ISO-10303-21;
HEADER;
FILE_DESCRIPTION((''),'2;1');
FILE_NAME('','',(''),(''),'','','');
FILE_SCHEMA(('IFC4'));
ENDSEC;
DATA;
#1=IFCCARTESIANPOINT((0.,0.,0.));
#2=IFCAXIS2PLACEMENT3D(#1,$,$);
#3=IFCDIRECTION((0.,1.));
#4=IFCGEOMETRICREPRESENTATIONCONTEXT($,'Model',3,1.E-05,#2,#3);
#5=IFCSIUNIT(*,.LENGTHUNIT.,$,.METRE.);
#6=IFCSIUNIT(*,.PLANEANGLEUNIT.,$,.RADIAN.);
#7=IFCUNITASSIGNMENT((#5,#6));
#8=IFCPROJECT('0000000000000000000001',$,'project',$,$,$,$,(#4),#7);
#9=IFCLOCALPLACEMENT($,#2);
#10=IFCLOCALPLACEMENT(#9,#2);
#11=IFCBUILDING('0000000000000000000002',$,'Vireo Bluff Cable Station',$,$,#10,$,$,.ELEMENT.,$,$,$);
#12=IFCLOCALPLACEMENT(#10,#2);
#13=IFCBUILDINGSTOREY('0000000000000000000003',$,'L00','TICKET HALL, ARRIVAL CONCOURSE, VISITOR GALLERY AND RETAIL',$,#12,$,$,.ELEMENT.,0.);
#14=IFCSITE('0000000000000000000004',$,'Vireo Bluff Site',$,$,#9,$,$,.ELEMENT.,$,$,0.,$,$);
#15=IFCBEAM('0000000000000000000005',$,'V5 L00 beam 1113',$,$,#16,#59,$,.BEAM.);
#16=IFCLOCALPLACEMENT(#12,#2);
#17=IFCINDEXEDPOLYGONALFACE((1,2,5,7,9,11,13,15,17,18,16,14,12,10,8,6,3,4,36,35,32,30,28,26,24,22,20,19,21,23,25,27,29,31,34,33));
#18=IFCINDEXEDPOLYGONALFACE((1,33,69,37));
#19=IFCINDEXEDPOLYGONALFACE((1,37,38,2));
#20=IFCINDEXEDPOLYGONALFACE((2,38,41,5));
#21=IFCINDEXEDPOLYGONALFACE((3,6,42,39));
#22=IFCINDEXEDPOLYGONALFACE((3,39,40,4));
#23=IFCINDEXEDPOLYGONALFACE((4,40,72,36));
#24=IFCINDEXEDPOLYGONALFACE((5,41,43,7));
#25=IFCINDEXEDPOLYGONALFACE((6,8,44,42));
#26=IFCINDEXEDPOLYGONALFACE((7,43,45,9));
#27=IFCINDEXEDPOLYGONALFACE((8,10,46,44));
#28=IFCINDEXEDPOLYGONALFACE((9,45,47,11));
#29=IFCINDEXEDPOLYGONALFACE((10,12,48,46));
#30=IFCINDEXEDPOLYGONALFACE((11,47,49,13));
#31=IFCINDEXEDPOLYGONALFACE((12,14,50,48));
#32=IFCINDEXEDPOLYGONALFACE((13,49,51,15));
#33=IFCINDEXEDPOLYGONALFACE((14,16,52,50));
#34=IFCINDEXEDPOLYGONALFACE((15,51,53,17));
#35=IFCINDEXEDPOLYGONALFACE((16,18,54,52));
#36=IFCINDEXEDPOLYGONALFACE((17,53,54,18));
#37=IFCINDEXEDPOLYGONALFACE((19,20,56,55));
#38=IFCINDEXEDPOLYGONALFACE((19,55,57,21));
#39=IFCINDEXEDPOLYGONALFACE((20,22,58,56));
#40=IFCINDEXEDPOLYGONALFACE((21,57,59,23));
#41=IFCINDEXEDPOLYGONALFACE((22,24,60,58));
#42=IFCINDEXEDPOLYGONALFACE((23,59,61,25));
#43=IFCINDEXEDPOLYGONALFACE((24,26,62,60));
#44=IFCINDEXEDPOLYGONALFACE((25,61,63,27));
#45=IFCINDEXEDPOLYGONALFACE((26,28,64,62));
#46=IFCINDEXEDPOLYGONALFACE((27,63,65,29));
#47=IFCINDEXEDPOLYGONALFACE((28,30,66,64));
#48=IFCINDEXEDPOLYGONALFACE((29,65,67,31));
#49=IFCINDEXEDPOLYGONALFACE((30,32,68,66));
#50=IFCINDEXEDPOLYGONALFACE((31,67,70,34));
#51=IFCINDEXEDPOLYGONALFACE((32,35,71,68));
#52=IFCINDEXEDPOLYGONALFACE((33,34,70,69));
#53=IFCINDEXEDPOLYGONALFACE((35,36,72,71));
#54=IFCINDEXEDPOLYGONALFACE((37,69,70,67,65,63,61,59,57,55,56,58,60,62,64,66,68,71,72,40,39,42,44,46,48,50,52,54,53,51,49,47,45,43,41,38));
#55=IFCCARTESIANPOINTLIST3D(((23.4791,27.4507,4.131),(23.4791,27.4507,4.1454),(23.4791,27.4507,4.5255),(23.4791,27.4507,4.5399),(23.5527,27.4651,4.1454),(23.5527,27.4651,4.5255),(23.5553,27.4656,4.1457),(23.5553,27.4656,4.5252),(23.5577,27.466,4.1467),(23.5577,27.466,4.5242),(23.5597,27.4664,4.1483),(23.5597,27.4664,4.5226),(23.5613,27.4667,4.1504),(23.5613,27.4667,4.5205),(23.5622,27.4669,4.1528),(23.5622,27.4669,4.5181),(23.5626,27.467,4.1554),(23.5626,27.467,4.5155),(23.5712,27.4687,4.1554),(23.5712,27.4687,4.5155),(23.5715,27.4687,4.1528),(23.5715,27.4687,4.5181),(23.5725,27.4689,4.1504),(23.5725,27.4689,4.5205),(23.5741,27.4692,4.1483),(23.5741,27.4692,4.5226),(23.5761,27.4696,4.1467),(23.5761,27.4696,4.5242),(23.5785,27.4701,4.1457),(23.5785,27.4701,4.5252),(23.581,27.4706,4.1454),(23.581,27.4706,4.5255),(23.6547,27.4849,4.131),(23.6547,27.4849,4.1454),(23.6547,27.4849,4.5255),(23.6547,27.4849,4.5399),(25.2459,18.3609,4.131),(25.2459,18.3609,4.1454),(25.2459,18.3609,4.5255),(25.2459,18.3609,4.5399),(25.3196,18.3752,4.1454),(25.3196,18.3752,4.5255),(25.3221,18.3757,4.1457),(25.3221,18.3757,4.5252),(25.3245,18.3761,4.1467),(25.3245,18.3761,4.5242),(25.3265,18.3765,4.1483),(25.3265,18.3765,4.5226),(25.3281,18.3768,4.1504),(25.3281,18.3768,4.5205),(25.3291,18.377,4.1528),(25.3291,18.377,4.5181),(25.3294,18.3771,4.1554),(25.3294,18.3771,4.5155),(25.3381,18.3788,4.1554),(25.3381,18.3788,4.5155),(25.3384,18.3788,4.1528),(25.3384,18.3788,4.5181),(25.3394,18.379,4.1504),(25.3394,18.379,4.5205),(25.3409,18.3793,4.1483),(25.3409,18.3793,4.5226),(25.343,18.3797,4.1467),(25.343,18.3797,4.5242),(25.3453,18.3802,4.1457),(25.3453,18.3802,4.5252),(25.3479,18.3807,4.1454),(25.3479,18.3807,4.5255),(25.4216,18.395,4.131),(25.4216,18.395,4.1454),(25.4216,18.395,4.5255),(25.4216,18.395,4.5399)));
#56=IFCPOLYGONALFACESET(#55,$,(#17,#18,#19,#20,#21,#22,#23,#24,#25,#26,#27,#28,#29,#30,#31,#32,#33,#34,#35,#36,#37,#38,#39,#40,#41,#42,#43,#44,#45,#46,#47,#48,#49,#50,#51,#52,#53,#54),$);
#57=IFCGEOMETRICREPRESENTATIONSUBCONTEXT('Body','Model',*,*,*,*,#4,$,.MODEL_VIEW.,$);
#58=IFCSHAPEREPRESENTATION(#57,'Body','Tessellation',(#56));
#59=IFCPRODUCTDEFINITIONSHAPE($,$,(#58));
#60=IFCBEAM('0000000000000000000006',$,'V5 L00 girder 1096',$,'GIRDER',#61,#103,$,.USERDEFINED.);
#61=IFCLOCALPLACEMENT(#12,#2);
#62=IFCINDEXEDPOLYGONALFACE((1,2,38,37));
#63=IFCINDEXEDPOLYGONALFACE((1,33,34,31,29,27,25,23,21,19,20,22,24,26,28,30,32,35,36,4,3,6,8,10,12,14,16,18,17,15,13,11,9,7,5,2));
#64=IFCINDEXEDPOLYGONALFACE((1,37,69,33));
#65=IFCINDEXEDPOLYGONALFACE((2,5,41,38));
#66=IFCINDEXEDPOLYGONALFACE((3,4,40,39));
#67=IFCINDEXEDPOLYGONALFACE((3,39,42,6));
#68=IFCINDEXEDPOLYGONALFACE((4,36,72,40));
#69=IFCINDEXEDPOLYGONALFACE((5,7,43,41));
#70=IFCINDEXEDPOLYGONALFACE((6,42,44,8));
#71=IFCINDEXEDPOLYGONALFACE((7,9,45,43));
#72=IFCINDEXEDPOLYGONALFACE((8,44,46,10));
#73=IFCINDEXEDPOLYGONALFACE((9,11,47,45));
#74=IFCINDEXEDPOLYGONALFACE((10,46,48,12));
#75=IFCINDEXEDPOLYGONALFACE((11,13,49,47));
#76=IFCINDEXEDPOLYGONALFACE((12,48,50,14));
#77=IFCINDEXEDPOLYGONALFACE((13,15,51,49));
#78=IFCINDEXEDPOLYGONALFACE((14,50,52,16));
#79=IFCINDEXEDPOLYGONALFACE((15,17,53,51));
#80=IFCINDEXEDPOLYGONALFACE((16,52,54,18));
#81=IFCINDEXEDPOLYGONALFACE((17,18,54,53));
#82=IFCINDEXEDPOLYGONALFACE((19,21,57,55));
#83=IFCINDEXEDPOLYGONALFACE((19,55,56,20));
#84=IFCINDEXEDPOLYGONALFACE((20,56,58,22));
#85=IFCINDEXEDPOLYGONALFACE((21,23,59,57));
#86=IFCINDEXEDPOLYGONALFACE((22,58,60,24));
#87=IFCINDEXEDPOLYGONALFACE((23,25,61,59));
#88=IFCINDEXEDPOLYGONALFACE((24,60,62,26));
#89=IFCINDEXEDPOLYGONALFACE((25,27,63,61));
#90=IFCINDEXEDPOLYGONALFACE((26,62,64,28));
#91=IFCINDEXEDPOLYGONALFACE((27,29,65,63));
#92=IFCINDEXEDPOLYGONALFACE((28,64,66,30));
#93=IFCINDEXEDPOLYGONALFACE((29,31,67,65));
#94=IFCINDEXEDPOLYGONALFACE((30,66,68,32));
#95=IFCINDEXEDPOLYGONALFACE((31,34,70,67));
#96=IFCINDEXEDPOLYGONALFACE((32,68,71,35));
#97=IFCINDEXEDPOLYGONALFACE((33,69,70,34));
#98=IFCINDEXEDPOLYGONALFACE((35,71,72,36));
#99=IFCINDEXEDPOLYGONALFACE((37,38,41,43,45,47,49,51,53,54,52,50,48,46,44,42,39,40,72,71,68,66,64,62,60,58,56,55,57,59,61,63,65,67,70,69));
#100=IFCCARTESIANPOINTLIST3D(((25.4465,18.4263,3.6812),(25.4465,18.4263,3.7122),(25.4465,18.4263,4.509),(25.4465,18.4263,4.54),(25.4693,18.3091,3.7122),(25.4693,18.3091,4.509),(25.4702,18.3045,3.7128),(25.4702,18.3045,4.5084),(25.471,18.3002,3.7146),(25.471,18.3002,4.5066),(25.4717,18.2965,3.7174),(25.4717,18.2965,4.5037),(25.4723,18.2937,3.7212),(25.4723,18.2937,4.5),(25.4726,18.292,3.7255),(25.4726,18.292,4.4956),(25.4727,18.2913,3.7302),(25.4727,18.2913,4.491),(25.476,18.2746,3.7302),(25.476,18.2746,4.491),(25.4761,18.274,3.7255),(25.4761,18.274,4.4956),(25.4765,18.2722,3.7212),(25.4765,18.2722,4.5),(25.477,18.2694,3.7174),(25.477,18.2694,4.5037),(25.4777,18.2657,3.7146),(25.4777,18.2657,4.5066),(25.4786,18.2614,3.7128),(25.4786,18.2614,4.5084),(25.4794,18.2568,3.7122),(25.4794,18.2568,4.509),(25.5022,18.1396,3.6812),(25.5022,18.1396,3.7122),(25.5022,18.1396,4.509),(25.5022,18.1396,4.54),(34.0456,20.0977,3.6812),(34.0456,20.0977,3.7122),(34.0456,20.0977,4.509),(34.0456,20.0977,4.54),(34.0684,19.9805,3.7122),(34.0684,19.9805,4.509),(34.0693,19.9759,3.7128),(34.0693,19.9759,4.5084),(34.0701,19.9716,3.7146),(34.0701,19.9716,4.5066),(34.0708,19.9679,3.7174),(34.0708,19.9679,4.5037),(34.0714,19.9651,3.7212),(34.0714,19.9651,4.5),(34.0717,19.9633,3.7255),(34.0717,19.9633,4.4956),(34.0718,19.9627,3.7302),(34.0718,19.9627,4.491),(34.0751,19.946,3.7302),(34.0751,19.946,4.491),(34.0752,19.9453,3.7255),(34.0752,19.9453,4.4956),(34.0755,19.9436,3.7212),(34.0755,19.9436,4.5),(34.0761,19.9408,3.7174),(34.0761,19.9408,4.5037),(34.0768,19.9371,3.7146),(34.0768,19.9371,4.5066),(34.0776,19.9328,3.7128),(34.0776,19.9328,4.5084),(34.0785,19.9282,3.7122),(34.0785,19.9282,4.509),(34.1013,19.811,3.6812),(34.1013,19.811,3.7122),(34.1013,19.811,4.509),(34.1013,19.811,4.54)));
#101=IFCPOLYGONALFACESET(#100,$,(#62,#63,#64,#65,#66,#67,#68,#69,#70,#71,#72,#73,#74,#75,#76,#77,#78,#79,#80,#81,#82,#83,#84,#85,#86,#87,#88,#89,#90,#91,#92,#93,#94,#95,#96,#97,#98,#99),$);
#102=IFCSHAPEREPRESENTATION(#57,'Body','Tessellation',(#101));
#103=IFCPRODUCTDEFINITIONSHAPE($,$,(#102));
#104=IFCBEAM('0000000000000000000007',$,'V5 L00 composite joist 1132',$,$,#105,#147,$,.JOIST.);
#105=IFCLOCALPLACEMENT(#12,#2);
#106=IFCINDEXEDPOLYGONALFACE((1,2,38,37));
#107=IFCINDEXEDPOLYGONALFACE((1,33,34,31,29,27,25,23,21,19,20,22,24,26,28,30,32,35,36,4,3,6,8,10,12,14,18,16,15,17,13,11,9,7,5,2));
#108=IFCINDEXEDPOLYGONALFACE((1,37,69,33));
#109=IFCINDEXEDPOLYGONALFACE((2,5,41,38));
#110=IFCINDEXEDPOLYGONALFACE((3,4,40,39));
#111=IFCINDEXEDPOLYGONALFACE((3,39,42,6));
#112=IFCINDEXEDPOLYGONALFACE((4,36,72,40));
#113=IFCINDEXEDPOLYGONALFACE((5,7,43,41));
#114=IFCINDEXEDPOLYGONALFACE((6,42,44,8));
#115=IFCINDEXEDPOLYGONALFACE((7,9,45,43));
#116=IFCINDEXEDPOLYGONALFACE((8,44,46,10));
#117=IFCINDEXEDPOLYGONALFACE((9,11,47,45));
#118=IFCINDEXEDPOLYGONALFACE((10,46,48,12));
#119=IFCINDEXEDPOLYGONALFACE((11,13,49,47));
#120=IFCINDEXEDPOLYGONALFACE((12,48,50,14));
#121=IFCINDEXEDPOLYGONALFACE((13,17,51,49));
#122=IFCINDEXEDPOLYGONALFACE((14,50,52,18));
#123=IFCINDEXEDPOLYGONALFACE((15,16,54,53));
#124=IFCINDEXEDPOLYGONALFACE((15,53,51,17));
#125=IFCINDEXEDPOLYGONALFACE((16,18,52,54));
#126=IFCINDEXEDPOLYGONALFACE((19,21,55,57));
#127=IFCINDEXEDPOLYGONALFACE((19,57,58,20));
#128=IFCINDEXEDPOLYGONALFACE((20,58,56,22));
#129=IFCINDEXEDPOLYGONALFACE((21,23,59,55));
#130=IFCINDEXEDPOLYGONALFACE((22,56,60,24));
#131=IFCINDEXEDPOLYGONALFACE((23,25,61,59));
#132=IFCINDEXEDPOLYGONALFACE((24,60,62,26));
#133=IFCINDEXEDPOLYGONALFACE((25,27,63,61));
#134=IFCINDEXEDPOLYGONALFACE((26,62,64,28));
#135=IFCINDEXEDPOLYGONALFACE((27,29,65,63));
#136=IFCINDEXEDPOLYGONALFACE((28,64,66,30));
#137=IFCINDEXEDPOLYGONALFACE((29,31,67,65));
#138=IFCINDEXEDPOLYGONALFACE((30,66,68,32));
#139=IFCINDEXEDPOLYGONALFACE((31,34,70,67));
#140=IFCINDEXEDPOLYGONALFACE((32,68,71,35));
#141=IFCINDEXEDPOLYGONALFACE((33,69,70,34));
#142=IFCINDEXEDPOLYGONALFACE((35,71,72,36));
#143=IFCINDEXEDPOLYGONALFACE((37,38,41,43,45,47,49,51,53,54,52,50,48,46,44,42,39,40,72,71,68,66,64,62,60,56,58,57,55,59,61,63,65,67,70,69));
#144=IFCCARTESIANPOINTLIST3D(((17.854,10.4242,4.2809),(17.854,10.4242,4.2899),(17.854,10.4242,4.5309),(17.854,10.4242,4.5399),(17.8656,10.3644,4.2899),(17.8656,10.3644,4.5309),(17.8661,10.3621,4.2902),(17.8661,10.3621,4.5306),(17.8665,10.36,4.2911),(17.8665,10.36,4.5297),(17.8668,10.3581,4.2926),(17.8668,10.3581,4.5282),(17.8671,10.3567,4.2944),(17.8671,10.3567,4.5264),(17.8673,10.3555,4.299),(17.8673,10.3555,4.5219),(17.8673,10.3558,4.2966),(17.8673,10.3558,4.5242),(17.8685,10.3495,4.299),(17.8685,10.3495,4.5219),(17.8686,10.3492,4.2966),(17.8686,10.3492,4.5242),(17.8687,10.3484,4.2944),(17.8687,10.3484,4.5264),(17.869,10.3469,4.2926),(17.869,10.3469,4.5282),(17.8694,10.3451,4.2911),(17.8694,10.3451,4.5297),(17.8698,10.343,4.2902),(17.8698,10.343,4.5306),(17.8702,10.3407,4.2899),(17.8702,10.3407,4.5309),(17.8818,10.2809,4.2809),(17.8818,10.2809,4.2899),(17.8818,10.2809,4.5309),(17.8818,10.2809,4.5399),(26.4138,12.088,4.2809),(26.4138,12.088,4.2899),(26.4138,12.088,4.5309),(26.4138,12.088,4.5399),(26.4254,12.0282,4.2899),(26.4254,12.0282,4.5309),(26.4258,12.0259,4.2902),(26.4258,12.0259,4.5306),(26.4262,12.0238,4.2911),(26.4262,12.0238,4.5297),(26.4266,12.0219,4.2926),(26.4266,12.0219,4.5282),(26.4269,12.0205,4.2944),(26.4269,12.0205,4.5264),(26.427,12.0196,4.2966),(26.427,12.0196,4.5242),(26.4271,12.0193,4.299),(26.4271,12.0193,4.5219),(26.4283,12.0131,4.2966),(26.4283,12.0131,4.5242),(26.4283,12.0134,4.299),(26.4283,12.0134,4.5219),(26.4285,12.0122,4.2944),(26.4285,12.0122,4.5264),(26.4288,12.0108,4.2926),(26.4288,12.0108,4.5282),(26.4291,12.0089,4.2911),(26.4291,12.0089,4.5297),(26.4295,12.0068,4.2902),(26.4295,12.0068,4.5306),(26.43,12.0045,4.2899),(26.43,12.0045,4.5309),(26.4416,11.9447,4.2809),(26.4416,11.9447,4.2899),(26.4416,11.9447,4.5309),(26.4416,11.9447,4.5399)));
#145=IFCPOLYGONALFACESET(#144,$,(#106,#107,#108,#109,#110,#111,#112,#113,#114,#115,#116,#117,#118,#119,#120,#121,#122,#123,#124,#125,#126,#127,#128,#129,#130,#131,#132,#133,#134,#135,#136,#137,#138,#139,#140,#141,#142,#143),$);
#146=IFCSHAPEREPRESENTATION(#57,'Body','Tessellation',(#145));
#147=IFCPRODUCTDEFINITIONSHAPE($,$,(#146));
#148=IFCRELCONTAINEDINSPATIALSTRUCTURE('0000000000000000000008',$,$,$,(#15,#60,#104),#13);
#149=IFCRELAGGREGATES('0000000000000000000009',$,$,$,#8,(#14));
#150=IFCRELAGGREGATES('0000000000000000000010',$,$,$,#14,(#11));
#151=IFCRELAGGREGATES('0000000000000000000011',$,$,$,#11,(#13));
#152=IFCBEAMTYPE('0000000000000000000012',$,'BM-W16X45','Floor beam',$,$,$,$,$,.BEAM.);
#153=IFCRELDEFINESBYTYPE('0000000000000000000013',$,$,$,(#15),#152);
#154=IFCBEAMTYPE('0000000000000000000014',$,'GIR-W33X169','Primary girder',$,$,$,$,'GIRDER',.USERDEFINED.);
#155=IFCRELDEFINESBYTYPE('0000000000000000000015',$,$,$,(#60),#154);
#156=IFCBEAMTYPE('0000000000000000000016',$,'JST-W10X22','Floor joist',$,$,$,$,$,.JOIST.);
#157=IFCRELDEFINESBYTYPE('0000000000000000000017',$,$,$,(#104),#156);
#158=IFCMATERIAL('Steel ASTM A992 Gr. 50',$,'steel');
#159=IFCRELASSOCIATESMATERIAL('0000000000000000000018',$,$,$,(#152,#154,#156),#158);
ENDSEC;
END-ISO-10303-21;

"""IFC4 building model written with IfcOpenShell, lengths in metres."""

from ifc_helpers import new_model, si_unit, direction, frame, origin, origin_2d, place, context, subcontext, project, spatial, i_section, extrude, material, material_profile, profile_set, type_object, element, save


model = new_model("IFC4")

# Units and contexts
model_context = context("Model", 3, precision=1e-05, world=origin(), true_north=direction((0.0, 1.0)))
body_context = subcontext(model_context, "Body", "Model", "MODEL_VIEW")
ifc_project = project(units=[si_unit("LENGTHUNIT", "METRE"), si_unit("PLANEANGLEUNIT", "RADIAN")], contexts=[model_context])

# Site, building, storey
site_placement = place(None, origin())
site = spatial("IfcSite", under=ifc_project, at=site_placement, Name="Vireo Bluff Site", CompositionType="ELEMENT", RefElevation=0.0)
building_placement = place(site_placement, origin())
building = spatial("IfcBuilding", under=site, at=building_placement, Name="Vireo Bluff Cable Station", CompositionType="ELEMENT")
storey_placement = place(building_placement, origin())
storey = spatial("IfcBuildingStorey", under=building, at=storey_placement, Name="L00", Description="TICKET HALL, ARRIVAL CONCOURSE, VISITOR GALLERY AND RETAIL", CompositionType="ELEMENT", Elevation=0.0)

# Shared definitions
ifc_material_1 = material(Name="Steel ASTM A992 Gr. 50", Category="steel")

# Beams
ifc_material_profile_1 = material_profile(ifc_material_1, i_section(OverallWidth=0.179, OverallDepth=0.4089, WebThickness=0.0088, FlangeThickness=0.0144, FilletRadius=0.01, at=origin_2d()), Name="W16X45")
ifc_profile_set_1 = profile_set([ifc_material_profile_1], Name="Steel ASTM A992 Gr. 50")
beam_type_1 = type_object("IfcBeamType", Name="BM-W16X45", Description="Floor beam", PredefinedType="BEAM", material=ifc_profile_set_1)
beam_1_placement = place(storey_placement, frame((25.3337, 18.3779, 4.3354), z_axis=(-0.190805, 0.981628, 0.0), x_axis=(-0.981628, -0.190805, 0.0)))
element("IfcBeam", 1, at=beam_1_placement, inside=storey, type_object=beam_type_1, Name="V5 L00 beam 1113", PredefinedType="BEAM", context=body_context, shape_type="SweptSolid", body=[
    extrude(i_section(OverallWidth=0.179, OverallDepth=0.4089, WebThickness=0.0088, FlangeThickness=0.0144, FilletRadius=0.01, at=origin_2d()), origin(), (0.0, 0.0, 1.0), 9.26),
])
ifc_material_profile_2 = material_profile(ifc_material_1, i_section(OverallWidth=0.292, OverallDepth=0.8589, WebThickness=0.0171, FlangeThickness=0.031, FilletRadius=0.0181, at=origin_2d()), Name="W33X169")
ifc_profile_set_2 = profile_set([ifc_material_profile_2], Name="Steel ASTM A992 Gr. 50")
beam_type_2 = type_object("IfcBeamType", Name="GIR-W33X169", Description="Primary girder", ElementType="GIRDER", PredefinedType="USERDEFINED", material=ifc_profile_set_2)
beam_2_placement = place(storey_placement, frame((25.4744, 18.283, 4.1106), z_axis=(0.98163, 0.190797, 0.0), x_axis=(-0.190797, 0.98163, 0.0)))
element("IfcBeam", 2, at=beam_2_placement, inside=storey, type_object=beam_type_2, Name="V5 L00 girder 1096", ObjectType="GIRDER", PredefinedType="USERDEFINED", context=body_context, shape_type="SweptSolid", body=[
    extrude(i_section(OverallWidth=0.292, OverallDepth=0.8589, WebThickness=0.0171, FlangeThickness=0.031, FilletRadius=0.0181, at=origin_2d()), origin(), (0.0, 0.0, 1.0), 8.76),
])
ifc_material_profile_3 = material_profile(ifc_material_1, i_section(OverallWidth=0.146, OverallDepth=0.259, WebThickness=0.0061, FlangeThickness=0.009, FilletRadius=0.009, at=origin_2d()), Name="W10X22")
ifc_profile_set_3 = profile_set([ifc_material_profile_3], Name="Steel ASTM A992 Gr. 50")
beam_type_3 = type_object("IfcBeamType", Name="JST-W10X22", Description="Floor joist", PredefinedType="JOIST", material=ifc_profile_set_3)
beam_3_placement = place(storey_placement, frame((17.8679, 10.3525, 4.4104), z_axis=(0.981628, 0.190804, 0.0), x_axis=(-0.190804, 0.981628, 0.0)))
element("IfcBeam", 3, at=beam_3_placement, inside=storey, type_object=beam_type_3, Name="V5 L00 composite joist 1132", PredefinedType="JOIST", context=body_context, shape_type="SweptSolid", body=[
    extrude(i_section(OverallWidth=0.146, OverallDepth=0.259, WebThickness=0.0061, FlangeThickness=0.009, FilletRadius=0.009, at=origin_2d()), origin(), (0.0, 0.0, 1.0), 8.72),
])

save(model, "model.ifc")
